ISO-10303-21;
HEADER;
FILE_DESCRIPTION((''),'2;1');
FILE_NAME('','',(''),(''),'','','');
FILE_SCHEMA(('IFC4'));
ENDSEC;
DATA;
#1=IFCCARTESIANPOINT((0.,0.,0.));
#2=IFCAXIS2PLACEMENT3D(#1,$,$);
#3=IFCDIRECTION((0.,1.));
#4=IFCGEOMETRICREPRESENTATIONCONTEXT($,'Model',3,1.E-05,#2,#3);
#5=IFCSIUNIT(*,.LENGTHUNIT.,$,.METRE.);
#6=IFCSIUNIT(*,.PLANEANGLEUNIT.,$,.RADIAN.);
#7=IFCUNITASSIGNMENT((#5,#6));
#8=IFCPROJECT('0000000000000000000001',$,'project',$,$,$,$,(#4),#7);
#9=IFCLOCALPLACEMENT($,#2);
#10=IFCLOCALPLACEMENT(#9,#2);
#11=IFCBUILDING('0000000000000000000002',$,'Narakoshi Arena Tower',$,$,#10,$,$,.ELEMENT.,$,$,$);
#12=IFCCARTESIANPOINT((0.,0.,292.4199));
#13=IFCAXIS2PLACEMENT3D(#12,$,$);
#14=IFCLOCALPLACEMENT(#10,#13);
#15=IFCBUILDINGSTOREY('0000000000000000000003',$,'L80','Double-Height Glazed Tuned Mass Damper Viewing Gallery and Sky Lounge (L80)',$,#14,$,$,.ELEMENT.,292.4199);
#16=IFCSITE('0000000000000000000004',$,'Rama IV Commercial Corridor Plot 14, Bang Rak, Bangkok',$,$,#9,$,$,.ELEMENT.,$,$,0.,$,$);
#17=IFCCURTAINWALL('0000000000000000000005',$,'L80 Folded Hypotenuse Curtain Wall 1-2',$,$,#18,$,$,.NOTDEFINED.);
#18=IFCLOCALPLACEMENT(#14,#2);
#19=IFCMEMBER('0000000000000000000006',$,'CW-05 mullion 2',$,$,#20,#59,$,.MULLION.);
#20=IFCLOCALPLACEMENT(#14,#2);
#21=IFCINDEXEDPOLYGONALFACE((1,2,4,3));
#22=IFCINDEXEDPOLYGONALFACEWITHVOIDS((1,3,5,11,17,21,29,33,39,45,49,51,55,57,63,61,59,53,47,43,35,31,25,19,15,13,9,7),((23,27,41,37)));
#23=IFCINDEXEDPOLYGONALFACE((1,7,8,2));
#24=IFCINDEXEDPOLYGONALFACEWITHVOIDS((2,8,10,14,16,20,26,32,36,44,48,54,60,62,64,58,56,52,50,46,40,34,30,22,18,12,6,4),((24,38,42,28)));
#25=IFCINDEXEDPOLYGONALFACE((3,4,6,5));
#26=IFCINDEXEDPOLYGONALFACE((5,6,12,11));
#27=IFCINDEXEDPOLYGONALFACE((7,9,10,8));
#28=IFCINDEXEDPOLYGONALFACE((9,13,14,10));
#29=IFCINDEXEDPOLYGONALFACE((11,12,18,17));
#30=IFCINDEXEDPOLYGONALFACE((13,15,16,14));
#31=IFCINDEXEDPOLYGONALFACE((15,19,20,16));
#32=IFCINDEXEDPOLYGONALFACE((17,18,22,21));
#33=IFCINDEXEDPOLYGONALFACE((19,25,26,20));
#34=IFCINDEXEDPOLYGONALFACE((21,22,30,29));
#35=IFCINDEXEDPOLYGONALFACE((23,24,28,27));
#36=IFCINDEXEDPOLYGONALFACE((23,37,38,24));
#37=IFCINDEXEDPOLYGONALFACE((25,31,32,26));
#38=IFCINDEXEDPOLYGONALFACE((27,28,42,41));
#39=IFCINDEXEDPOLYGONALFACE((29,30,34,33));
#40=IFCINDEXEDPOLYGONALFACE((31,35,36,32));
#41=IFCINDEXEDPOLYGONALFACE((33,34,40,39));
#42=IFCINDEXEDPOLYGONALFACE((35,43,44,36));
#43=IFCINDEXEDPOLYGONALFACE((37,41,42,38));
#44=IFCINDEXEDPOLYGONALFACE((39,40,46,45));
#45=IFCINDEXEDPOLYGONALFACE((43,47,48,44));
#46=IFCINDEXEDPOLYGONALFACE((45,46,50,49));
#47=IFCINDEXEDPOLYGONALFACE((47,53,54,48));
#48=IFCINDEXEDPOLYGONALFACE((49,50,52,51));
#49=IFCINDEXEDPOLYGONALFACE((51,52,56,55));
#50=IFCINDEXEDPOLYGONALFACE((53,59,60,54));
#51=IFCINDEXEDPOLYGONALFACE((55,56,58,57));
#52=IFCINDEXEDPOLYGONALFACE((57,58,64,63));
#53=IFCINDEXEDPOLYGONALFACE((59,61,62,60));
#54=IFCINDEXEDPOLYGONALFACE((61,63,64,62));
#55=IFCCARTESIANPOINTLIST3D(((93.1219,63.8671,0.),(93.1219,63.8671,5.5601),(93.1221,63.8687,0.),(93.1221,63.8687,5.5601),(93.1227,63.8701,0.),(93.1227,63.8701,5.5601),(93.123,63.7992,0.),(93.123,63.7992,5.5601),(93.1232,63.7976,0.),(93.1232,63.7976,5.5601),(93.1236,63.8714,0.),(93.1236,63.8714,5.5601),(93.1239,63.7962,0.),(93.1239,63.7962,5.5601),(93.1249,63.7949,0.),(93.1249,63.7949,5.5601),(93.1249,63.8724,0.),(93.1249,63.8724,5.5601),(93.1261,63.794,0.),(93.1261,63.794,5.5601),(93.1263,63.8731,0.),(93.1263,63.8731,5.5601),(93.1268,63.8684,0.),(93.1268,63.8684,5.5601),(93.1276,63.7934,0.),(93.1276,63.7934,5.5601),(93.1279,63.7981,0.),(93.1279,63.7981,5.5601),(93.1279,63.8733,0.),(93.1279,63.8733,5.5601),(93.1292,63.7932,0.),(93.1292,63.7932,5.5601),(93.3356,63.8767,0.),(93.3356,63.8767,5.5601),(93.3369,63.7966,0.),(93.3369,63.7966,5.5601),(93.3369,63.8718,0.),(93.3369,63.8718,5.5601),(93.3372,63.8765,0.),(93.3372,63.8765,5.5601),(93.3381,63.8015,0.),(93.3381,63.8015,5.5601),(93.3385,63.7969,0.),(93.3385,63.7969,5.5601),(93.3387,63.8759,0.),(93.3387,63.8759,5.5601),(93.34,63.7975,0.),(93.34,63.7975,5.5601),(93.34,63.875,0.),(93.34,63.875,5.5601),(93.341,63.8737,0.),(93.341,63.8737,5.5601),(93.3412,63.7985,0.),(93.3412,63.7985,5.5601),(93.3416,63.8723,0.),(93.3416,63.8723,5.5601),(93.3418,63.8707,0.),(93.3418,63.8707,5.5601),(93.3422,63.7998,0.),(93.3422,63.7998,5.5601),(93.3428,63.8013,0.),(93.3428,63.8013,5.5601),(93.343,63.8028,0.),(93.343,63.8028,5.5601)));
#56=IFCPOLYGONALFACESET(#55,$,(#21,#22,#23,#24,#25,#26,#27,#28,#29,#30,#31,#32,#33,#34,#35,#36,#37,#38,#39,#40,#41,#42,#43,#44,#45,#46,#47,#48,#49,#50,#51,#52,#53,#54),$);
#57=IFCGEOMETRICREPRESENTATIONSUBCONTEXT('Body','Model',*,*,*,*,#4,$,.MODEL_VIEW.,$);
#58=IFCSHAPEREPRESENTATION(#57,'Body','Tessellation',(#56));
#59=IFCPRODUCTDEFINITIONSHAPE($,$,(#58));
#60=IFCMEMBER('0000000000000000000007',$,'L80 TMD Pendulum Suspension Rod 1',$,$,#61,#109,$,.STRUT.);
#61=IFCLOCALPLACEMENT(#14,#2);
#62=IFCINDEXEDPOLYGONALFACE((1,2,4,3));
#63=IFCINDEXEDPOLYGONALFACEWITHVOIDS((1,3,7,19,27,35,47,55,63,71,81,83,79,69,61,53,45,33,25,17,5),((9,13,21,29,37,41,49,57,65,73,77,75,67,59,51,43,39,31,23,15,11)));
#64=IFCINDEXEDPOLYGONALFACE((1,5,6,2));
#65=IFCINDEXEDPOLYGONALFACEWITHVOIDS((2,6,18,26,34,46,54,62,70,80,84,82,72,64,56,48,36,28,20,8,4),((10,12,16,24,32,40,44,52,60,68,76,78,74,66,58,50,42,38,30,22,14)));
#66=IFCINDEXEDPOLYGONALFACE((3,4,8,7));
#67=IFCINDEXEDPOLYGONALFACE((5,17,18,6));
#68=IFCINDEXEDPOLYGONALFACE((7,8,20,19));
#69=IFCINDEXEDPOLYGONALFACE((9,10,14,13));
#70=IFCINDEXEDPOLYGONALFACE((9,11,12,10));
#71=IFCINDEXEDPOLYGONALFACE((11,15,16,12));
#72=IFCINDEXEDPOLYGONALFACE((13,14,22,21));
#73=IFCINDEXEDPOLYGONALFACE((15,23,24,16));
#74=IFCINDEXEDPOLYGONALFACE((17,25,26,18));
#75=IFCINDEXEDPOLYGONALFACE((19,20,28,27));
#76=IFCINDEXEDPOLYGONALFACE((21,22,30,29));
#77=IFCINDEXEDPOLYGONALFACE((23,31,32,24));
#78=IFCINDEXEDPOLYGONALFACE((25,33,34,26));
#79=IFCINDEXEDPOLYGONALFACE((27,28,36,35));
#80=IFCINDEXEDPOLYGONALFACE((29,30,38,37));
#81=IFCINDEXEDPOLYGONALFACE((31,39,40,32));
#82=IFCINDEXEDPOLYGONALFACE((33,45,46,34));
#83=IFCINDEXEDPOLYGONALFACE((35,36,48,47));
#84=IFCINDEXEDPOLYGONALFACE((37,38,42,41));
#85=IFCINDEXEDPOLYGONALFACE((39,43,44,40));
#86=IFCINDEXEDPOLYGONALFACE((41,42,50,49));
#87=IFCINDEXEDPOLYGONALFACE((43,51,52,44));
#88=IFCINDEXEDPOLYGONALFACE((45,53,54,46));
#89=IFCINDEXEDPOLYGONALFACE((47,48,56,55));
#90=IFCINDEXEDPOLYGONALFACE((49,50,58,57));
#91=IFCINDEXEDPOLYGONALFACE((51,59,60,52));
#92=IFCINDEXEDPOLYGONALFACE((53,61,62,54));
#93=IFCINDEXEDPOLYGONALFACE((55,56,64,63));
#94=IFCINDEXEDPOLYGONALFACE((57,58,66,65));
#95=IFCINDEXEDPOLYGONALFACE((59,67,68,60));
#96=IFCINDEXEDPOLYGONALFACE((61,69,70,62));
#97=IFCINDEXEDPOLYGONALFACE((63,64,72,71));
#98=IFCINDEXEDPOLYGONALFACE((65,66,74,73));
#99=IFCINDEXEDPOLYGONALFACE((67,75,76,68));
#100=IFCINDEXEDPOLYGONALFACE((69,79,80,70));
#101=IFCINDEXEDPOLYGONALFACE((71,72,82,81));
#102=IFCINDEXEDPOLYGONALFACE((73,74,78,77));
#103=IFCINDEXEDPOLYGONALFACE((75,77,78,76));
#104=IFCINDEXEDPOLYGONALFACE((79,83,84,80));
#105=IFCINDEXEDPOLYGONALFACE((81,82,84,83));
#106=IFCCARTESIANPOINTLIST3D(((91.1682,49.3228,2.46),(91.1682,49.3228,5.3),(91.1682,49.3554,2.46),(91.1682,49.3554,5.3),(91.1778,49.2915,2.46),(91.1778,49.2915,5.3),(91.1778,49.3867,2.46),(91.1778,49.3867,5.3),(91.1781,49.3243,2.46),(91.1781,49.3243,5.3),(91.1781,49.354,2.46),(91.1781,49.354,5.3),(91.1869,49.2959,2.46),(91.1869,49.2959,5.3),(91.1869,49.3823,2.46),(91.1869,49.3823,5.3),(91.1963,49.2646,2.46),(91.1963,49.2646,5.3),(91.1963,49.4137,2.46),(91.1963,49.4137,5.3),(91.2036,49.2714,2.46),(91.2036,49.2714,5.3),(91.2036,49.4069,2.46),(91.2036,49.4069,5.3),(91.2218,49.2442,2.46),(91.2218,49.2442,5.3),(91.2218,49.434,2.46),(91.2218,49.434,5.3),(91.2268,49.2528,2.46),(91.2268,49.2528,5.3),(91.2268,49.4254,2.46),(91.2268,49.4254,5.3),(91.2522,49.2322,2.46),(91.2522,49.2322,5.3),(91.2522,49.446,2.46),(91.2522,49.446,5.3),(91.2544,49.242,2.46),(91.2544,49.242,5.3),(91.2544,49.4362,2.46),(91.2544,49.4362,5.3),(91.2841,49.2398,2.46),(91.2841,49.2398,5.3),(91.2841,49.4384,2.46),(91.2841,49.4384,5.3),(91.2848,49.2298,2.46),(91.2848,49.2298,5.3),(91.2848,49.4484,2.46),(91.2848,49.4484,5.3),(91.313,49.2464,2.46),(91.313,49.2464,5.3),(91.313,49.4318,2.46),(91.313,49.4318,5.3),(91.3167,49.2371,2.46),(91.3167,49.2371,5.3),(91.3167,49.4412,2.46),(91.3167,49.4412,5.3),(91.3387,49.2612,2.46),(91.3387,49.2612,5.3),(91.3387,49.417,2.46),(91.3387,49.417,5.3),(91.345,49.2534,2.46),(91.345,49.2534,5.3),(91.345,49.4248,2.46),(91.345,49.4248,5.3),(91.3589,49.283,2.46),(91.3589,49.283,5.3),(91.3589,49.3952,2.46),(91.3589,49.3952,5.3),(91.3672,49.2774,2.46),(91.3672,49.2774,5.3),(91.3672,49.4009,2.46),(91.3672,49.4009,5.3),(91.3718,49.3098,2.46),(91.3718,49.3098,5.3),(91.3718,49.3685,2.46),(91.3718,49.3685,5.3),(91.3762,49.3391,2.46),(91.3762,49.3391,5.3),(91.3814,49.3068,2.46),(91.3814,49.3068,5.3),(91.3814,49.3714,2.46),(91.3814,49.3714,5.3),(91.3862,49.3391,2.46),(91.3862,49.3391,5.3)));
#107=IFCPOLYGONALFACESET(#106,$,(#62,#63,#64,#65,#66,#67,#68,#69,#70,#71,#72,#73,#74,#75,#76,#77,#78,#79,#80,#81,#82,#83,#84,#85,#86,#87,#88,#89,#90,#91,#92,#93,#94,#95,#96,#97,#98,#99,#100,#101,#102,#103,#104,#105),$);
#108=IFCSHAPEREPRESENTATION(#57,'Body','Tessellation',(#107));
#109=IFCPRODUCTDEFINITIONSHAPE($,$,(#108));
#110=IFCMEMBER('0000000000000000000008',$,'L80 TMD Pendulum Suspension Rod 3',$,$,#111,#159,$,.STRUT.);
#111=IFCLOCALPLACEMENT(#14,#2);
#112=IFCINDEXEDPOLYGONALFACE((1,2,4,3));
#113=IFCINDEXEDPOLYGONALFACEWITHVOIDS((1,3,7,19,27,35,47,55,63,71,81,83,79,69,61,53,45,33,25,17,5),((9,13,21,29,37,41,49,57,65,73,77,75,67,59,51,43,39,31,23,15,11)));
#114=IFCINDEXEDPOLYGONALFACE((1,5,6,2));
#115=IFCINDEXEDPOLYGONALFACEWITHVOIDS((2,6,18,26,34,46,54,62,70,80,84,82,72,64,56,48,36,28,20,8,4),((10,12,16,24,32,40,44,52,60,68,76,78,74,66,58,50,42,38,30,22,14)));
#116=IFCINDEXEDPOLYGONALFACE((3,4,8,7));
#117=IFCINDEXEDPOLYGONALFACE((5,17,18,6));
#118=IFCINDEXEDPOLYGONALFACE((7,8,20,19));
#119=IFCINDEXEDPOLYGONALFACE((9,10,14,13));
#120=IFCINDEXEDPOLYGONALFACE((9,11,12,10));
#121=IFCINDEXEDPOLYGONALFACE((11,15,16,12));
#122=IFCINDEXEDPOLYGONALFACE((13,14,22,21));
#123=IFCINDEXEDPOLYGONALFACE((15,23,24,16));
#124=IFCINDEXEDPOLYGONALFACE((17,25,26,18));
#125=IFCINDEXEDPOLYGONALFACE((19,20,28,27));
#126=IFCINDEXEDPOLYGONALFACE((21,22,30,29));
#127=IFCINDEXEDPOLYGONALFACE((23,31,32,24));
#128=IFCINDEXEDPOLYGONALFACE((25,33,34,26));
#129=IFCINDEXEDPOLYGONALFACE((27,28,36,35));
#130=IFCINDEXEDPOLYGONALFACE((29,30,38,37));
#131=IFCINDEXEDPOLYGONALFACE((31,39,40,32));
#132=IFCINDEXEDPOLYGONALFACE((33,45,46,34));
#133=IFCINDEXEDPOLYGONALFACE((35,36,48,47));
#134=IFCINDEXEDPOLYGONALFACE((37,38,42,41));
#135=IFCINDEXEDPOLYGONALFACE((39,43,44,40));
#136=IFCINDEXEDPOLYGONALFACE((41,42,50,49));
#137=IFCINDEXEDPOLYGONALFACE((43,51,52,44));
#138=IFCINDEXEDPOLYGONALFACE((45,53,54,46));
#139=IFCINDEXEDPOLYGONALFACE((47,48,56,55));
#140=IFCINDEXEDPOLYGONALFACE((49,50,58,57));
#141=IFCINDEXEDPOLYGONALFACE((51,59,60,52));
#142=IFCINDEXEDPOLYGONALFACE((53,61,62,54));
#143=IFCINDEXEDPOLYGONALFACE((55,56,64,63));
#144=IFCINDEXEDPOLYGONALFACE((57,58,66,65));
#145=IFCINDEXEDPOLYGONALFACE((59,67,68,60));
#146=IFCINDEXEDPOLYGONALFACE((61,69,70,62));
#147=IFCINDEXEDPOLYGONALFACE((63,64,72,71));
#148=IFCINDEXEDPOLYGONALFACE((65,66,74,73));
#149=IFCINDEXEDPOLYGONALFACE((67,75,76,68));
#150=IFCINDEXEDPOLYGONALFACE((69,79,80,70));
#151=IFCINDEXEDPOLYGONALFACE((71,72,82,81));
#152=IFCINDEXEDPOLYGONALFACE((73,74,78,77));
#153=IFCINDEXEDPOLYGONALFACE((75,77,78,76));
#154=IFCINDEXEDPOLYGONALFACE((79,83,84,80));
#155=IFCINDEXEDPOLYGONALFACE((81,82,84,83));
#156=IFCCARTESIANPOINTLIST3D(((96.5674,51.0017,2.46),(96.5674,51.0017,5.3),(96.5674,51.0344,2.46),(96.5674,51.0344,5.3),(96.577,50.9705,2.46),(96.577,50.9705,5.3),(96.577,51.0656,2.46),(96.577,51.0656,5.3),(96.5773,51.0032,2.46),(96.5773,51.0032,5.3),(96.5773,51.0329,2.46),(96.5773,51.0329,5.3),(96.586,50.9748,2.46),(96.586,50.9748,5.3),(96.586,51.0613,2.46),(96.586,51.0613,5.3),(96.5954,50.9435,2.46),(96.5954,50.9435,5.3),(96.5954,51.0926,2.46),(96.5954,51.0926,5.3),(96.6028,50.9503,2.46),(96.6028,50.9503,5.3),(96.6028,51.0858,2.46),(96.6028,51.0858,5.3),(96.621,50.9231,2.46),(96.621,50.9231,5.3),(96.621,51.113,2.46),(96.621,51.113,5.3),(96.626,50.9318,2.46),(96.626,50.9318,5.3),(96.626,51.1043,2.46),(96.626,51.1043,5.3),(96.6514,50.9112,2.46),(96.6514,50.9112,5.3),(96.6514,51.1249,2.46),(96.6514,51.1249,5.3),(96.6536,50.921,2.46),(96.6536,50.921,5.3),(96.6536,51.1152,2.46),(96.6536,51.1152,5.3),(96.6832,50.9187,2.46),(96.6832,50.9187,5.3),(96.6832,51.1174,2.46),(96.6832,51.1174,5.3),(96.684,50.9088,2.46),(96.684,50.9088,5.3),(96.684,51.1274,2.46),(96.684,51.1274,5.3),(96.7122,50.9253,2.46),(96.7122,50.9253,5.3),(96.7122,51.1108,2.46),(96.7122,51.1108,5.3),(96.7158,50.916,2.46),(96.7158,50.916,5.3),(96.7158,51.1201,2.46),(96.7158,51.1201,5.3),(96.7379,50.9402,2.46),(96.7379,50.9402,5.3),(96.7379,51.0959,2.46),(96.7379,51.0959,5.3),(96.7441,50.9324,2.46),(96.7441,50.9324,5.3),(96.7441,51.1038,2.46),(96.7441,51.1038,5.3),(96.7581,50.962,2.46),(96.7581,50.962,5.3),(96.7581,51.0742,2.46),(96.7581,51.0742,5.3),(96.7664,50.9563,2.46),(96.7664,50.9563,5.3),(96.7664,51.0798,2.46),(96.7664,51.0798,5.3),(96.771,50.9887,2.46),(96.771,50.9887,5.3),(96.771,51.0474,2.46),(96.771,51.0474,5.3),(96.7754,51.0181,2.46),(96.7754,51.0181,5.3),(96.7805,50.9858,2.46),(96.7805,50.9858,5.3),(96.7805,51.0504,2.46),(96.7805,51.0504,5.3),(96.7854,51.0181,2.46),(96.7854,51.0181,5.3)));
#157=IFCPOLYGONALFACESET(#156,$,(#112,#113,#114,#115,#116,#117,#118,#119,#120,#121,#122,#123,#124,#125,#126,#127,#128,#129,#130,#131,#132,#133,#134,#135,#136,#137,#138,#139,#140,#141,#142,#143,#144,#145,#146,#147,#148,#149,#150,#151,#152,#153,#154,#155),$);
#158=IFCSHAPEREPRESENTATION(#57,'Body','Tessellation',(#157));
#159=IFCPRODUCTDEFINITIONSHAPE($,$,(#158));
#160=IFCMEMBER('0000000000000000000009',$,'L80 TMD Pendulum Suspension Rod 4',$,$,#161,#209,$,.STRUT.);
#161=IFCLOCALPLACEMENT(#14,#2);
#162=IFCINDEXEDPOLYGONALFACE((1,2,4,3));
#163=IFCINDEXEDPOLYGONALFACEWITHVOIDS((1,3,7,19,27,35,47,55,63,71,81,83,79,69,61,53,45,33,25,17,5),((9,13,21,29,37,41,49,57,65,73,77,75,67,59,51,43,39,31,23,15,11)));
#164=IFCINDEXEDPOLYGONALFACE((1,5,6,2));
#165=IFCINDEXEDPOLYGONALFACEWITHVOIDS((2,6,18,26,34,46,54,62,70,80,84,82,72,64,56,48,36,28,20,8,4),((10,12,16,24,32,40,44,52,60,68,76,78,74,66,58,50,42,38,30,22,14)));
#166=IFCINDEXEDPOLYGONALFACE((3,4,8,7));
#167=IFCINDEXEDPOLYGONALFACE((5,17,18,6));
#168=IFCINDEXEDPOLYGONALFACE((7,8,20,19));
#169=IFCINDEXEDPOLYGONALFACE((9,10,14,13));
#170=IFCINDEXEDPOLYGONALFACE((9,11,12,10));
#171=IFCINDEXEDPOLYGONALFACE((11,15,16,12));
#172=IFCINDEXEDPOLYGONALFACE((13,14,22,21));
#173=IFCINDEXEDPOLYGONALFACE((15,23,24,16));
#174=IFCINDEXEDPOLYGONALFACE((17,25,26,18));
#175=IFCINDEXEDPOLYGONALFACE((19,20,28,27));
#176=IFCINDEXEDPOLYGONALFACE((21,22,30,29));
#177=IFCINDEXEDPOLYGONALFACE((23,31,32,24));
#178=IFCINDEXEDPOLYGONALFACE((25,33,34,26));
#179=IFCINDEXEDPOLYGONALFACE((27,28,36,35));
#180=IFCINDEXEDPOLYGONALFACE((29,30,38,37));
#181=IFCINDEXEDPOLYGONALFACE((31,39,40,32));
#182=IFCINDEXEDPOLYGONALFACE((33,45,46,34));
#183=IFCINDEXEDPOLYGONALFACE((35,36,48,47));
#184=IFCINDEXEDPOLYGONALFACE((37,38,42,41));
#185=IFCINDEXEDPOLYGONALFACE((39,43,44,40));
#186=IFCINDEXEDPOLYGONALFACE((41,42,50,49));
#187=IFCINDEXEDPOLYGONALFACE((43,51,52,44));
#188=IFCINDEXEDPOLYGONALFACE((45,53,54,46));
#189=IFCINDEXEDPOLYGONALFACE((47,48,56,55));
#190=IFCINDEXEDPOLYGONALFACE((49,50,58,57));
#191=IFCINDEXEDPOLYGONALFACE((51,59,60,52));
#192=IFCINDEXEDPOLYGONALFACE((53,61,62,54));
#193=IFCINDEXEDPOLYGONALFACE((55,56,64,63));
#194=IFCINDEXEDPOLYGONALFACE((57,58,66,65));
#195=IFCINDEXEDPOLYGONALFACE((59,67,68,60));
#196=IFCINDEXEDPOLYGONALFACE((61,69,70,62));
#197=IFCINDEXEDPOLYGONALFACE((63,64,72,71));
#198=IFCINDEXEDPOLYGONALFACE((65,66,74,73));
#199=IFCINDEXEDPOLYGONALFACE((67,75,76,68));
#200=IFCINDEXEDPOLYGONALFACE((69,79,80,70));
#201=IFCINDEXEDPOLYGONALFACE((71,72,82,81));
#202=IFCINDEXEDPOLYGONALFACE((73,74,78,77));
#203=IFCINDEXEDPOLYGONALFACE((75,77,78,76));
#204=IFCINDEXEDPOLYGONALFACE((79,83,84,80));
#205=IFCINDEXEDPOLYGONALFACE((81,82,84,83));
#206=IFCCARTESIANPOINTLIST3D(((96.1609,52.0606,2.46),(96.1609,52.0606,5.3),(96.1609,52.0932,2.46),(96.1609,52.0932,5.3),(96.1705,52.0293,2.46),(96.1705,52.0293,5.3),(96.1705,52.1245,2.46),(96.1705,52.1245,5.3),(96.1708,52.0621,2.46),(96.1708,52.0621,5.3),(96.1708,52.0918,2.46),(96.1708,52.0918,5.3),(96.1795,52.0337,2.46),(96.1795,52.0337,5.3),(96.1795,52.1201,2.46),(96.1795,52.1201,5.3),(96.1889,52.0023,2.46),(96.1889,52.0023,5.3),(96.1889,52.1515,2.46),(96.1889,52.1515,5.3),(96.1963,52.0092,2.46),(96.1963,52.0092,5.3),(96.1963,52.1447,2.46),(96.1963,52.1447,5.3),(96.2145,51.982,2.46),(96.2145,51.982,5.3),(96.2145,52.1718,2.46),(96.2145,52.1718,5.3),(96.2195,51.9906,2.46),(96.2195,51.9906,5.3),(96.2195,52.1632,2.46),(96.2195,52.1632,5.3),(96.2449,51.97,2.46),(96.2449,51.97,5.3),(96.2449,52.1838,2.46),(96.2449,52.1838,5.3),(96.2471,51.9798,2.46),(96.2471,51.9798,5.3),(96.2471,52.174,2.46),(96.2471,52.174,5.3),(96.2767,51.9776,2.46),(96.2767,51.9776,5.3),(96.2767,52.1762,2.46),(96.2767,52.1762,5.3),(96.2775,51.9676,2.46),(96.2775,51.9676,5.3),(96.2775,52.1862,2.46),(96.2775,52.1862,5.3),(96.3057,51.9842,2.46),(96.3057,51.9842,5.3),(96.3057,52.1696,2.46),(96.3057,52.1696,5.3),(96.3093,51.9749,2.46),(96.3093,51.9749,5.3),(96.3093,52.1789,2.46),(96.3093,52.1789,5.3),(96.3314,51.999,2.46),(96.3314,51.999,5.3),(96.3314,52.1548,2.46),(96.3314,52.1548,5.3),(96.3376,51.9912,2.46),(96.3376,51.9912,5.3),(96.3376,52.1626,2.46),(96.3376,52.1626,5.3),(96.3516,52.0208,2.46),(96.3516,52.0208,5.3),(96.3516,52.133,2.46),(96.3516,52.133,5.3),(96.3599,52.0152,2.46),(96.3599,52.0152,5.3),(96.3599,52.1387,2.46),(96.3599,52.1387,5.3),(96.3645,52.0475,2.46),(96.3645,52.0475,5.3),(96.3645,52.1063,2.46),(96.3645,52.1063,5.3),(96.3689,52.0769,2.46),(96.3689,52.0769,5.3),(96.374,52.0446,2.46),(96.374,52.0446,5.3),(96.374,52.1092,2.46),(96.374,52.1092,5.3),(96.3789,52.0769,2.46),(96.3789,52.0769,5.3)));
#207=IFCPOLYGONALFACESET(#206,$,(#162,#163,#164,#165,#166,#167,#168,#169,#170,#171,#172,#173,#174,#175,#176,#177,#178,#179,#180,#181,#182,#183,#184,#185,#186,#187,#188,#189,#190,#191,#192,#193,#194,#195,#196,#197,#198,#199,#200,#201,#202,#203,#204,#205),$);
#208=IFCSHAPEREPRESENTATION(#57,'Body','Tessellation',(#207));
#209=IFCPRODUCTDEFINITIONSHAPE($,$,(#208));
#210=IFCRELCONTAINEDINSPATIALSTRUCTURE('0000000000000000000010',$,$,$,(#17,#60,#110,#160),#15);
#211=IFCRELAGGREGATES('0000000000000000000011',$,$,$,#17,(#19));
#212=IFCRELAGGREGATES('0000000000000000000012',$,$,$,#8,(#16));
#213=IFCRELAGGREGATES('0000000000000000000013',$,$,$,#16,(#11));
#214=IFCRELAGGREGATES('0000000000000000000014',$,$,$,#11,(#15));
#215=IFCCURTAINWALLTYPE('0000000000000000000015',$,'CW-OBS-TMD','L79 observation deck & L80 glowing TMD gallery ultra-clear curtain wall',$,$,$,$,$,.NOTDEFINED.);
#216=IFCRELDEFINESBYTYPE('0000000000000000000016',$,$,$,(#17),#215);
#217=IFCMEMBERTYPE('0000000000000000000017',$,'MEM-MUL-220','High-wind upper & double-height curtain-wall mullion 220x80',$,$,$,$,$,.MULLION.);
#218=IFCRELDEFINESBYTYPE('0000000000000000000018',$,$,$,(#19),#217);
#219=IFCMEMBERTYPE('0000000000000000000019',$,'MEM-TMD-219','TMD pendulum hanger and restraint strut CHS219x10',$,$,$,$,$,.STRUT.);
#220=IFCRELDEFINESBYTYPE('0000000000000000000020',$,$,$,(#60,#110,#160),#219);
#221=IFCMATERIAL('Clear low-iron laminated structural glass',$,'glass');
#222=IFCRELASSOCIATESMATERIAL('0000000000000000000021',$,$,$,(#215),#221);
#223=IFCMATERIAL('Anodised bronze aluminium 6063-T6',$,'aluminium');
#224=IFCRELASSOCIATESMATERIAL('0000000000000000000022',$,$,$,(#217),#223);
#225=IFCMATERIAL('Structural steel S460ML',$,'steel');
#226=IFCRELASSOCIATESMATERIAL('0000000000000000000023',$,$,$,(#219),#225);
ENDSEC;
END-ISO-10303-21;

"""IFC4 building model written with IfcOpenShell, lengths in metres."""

from ifc_helpers import new_model, si_unit, direction, frame, origin, origin_2d, place, context, subcontext, project, spatial, hollow_rectangle, hollow_circle, extrude, material, material_profile, profile_set, type_object, element, aggregate, save


model = new_model("IFC4")

# Units and contexts
model_context = context("Model", 3, precision=1e-05, world=origin(), true_north=direction((0.0, 1.0)))
body_context = subcontext(model_context, "Body", "Model", "MODEL_VIEW")
ifc_project = project(units=[si_unit("LENGTHUNIT", "METRE"), si_unit("PLANEANGLEUNIT", "RADIAN")], contexts=[model_context])

# Site, building, storey
site_placement = place(None, origin())
site = spatial("IfcSite", under=ifc_project, at=site_placement, Name="Rama IV Commercial Corridor Plot 14, Bang Rak, Bangkok", CompositionType="ELEMENT", RefElevation=0.0)
building_placement = place(site_placement, origin())
building = spatial("IfcBuilding", under=site, at=building_placement, Name="Narakoshi Arena Tower", CompositionType="ELEMENT")
storey_placement = place(building_placement, frame((0.0, 0.0, 292.4199)))
storey = spatial("IfcBuildingStorey", under=building, at=storey_placement, Name="L80", Description="Double-Height Glazed Tuned Mass Damper Viewing Gallery and Sky Lounge (L80)", CompositionType="ELEMENT", Elevation=292.4199)

# Shared definitions
ifc_material_1 = material(Name="Structural steel S460ML", Category="steel")

# Shared definitions
ifc_material_2 = material(Name="Clear low-iron laminated structural glass", Category="glass")
curtain_wall_type = type_object("IfcCurtainWallType", Name="CW-OBS-TMD", Description="L79 observation deck & L80 glowing TMD gallery ultra-clear curtain wall", PredefinedType="NOTDEFINED", material=ifc_material_2)
ifc_material_3 = material(Name="Anodised bronze aluminium 6063-T6", Category="aluminium")
ifc_material_profile_1 = material_profile(ifc_material_3, hollow_rectangle(XDim=0.0801, YDim=0.22, WallThickness=0.0049, OuterFilletRadius=0.0061, at=origin_2d()), Name="MUL220x80x5")
ifc_profile_set_1 = profile_set([ifc_material_profile_1], Name="Anodised bronze aluminium 6063-T6")
member_type_1 = type_object("IfcMemberType", Name="MEM-MUL-220", Description="High-wind upper & double-height curtain-wall mullion 220x80", PredefinedType="MULLION", material=ifc_profile_set_1)

# Curtain wall, member
curtain_wall_1_placement = place(storey_placement, origin())
curtain_wall_1 = element("IfcCurtainWall", 1, at=curtain_wall_1_placement, inside=storey, type_object=curtain_wall_type, Name="L80 Folded Hypotenuse Curtain Wall 1-2", PredefinedType="NOTDEFINED")
member_1_placement = place(storey_placement, frame((93.2324, 63.835, 0.0), z_axis=(0.0, 0.0, 1.0), x_axis=(0.016437, -0.999865, 0.0)))
member_1 = element("IfcMember", 2, at=member_1_placement, type_object=member_type_1, Name="CW-05 mullion 2", PredefinedType="MULLION", context=body_context, shape_type="SweptSolid", body=[
    extrude(hollow_rectangle(XDim=0.0801, YDim=0.22, WallThickness=0.0049, OuterFilletRadius=0.0061, at=origin_2d()), origin(), (0.0, 0.0, 1.0), 5.5601),
])

# Members
ifc_material_profile_2 = material_profile(ifc_material_1, hollow_circle(Radius=0.1096, WallThickness=0.01, at=origin_2d()), Name="CHS219x10")
ifc_profile_set_2 = profile_set([ifc_material_profile_2], Name="Structural steel S460ML")
member_type_2 = type_object("IfcMemberType", Name="MEM-TMD-219", Description="TMD pendulum hanger and restraint strut CHS219x10", PredefinedType="STRUT", material=ifc_profile_set_2)
for number, where, z_axis, x_axis, name in (
    (3, (91.2766, 49.3391, 2.46), (0.0, 0.0, 1.0), (1.0, 0.0, 0.0), "L80 TMD Pendulum Suspension Rod 1"),
    (4, (96.6758, 51.0181, 2.46), (0.0, 0.0, 1.0), (1.0, 0.0, 0.0), "L80 TMD Pendulum Suspension Rod 3"),
    (5, (96.2693, 52.0769, 2.46), (0.0, 0.0, 1.0), (1.0, 0.0, 0.0), "L80 TMD Pendulum Suspension Rod 4"),
):
    element("IfcMember", number, at=place(storey_placement, frame(where, z_axis=z_axis, x_axis=x_axis)), inside=storey, type_object=member_type_2, Name=name, PredefinedType="STRUT", context=body_context, shape_type="SweptSolid", body=[
        extrude(hollow_circle(Radius=0.1096, WallThickness=0.01, at=origin_2d()), origin(), (0.0, 0.0, 1.0), 2.8401),
    ])

aggregate(curtain_wall_1, [member_1])

save(model, "model.ifc")
